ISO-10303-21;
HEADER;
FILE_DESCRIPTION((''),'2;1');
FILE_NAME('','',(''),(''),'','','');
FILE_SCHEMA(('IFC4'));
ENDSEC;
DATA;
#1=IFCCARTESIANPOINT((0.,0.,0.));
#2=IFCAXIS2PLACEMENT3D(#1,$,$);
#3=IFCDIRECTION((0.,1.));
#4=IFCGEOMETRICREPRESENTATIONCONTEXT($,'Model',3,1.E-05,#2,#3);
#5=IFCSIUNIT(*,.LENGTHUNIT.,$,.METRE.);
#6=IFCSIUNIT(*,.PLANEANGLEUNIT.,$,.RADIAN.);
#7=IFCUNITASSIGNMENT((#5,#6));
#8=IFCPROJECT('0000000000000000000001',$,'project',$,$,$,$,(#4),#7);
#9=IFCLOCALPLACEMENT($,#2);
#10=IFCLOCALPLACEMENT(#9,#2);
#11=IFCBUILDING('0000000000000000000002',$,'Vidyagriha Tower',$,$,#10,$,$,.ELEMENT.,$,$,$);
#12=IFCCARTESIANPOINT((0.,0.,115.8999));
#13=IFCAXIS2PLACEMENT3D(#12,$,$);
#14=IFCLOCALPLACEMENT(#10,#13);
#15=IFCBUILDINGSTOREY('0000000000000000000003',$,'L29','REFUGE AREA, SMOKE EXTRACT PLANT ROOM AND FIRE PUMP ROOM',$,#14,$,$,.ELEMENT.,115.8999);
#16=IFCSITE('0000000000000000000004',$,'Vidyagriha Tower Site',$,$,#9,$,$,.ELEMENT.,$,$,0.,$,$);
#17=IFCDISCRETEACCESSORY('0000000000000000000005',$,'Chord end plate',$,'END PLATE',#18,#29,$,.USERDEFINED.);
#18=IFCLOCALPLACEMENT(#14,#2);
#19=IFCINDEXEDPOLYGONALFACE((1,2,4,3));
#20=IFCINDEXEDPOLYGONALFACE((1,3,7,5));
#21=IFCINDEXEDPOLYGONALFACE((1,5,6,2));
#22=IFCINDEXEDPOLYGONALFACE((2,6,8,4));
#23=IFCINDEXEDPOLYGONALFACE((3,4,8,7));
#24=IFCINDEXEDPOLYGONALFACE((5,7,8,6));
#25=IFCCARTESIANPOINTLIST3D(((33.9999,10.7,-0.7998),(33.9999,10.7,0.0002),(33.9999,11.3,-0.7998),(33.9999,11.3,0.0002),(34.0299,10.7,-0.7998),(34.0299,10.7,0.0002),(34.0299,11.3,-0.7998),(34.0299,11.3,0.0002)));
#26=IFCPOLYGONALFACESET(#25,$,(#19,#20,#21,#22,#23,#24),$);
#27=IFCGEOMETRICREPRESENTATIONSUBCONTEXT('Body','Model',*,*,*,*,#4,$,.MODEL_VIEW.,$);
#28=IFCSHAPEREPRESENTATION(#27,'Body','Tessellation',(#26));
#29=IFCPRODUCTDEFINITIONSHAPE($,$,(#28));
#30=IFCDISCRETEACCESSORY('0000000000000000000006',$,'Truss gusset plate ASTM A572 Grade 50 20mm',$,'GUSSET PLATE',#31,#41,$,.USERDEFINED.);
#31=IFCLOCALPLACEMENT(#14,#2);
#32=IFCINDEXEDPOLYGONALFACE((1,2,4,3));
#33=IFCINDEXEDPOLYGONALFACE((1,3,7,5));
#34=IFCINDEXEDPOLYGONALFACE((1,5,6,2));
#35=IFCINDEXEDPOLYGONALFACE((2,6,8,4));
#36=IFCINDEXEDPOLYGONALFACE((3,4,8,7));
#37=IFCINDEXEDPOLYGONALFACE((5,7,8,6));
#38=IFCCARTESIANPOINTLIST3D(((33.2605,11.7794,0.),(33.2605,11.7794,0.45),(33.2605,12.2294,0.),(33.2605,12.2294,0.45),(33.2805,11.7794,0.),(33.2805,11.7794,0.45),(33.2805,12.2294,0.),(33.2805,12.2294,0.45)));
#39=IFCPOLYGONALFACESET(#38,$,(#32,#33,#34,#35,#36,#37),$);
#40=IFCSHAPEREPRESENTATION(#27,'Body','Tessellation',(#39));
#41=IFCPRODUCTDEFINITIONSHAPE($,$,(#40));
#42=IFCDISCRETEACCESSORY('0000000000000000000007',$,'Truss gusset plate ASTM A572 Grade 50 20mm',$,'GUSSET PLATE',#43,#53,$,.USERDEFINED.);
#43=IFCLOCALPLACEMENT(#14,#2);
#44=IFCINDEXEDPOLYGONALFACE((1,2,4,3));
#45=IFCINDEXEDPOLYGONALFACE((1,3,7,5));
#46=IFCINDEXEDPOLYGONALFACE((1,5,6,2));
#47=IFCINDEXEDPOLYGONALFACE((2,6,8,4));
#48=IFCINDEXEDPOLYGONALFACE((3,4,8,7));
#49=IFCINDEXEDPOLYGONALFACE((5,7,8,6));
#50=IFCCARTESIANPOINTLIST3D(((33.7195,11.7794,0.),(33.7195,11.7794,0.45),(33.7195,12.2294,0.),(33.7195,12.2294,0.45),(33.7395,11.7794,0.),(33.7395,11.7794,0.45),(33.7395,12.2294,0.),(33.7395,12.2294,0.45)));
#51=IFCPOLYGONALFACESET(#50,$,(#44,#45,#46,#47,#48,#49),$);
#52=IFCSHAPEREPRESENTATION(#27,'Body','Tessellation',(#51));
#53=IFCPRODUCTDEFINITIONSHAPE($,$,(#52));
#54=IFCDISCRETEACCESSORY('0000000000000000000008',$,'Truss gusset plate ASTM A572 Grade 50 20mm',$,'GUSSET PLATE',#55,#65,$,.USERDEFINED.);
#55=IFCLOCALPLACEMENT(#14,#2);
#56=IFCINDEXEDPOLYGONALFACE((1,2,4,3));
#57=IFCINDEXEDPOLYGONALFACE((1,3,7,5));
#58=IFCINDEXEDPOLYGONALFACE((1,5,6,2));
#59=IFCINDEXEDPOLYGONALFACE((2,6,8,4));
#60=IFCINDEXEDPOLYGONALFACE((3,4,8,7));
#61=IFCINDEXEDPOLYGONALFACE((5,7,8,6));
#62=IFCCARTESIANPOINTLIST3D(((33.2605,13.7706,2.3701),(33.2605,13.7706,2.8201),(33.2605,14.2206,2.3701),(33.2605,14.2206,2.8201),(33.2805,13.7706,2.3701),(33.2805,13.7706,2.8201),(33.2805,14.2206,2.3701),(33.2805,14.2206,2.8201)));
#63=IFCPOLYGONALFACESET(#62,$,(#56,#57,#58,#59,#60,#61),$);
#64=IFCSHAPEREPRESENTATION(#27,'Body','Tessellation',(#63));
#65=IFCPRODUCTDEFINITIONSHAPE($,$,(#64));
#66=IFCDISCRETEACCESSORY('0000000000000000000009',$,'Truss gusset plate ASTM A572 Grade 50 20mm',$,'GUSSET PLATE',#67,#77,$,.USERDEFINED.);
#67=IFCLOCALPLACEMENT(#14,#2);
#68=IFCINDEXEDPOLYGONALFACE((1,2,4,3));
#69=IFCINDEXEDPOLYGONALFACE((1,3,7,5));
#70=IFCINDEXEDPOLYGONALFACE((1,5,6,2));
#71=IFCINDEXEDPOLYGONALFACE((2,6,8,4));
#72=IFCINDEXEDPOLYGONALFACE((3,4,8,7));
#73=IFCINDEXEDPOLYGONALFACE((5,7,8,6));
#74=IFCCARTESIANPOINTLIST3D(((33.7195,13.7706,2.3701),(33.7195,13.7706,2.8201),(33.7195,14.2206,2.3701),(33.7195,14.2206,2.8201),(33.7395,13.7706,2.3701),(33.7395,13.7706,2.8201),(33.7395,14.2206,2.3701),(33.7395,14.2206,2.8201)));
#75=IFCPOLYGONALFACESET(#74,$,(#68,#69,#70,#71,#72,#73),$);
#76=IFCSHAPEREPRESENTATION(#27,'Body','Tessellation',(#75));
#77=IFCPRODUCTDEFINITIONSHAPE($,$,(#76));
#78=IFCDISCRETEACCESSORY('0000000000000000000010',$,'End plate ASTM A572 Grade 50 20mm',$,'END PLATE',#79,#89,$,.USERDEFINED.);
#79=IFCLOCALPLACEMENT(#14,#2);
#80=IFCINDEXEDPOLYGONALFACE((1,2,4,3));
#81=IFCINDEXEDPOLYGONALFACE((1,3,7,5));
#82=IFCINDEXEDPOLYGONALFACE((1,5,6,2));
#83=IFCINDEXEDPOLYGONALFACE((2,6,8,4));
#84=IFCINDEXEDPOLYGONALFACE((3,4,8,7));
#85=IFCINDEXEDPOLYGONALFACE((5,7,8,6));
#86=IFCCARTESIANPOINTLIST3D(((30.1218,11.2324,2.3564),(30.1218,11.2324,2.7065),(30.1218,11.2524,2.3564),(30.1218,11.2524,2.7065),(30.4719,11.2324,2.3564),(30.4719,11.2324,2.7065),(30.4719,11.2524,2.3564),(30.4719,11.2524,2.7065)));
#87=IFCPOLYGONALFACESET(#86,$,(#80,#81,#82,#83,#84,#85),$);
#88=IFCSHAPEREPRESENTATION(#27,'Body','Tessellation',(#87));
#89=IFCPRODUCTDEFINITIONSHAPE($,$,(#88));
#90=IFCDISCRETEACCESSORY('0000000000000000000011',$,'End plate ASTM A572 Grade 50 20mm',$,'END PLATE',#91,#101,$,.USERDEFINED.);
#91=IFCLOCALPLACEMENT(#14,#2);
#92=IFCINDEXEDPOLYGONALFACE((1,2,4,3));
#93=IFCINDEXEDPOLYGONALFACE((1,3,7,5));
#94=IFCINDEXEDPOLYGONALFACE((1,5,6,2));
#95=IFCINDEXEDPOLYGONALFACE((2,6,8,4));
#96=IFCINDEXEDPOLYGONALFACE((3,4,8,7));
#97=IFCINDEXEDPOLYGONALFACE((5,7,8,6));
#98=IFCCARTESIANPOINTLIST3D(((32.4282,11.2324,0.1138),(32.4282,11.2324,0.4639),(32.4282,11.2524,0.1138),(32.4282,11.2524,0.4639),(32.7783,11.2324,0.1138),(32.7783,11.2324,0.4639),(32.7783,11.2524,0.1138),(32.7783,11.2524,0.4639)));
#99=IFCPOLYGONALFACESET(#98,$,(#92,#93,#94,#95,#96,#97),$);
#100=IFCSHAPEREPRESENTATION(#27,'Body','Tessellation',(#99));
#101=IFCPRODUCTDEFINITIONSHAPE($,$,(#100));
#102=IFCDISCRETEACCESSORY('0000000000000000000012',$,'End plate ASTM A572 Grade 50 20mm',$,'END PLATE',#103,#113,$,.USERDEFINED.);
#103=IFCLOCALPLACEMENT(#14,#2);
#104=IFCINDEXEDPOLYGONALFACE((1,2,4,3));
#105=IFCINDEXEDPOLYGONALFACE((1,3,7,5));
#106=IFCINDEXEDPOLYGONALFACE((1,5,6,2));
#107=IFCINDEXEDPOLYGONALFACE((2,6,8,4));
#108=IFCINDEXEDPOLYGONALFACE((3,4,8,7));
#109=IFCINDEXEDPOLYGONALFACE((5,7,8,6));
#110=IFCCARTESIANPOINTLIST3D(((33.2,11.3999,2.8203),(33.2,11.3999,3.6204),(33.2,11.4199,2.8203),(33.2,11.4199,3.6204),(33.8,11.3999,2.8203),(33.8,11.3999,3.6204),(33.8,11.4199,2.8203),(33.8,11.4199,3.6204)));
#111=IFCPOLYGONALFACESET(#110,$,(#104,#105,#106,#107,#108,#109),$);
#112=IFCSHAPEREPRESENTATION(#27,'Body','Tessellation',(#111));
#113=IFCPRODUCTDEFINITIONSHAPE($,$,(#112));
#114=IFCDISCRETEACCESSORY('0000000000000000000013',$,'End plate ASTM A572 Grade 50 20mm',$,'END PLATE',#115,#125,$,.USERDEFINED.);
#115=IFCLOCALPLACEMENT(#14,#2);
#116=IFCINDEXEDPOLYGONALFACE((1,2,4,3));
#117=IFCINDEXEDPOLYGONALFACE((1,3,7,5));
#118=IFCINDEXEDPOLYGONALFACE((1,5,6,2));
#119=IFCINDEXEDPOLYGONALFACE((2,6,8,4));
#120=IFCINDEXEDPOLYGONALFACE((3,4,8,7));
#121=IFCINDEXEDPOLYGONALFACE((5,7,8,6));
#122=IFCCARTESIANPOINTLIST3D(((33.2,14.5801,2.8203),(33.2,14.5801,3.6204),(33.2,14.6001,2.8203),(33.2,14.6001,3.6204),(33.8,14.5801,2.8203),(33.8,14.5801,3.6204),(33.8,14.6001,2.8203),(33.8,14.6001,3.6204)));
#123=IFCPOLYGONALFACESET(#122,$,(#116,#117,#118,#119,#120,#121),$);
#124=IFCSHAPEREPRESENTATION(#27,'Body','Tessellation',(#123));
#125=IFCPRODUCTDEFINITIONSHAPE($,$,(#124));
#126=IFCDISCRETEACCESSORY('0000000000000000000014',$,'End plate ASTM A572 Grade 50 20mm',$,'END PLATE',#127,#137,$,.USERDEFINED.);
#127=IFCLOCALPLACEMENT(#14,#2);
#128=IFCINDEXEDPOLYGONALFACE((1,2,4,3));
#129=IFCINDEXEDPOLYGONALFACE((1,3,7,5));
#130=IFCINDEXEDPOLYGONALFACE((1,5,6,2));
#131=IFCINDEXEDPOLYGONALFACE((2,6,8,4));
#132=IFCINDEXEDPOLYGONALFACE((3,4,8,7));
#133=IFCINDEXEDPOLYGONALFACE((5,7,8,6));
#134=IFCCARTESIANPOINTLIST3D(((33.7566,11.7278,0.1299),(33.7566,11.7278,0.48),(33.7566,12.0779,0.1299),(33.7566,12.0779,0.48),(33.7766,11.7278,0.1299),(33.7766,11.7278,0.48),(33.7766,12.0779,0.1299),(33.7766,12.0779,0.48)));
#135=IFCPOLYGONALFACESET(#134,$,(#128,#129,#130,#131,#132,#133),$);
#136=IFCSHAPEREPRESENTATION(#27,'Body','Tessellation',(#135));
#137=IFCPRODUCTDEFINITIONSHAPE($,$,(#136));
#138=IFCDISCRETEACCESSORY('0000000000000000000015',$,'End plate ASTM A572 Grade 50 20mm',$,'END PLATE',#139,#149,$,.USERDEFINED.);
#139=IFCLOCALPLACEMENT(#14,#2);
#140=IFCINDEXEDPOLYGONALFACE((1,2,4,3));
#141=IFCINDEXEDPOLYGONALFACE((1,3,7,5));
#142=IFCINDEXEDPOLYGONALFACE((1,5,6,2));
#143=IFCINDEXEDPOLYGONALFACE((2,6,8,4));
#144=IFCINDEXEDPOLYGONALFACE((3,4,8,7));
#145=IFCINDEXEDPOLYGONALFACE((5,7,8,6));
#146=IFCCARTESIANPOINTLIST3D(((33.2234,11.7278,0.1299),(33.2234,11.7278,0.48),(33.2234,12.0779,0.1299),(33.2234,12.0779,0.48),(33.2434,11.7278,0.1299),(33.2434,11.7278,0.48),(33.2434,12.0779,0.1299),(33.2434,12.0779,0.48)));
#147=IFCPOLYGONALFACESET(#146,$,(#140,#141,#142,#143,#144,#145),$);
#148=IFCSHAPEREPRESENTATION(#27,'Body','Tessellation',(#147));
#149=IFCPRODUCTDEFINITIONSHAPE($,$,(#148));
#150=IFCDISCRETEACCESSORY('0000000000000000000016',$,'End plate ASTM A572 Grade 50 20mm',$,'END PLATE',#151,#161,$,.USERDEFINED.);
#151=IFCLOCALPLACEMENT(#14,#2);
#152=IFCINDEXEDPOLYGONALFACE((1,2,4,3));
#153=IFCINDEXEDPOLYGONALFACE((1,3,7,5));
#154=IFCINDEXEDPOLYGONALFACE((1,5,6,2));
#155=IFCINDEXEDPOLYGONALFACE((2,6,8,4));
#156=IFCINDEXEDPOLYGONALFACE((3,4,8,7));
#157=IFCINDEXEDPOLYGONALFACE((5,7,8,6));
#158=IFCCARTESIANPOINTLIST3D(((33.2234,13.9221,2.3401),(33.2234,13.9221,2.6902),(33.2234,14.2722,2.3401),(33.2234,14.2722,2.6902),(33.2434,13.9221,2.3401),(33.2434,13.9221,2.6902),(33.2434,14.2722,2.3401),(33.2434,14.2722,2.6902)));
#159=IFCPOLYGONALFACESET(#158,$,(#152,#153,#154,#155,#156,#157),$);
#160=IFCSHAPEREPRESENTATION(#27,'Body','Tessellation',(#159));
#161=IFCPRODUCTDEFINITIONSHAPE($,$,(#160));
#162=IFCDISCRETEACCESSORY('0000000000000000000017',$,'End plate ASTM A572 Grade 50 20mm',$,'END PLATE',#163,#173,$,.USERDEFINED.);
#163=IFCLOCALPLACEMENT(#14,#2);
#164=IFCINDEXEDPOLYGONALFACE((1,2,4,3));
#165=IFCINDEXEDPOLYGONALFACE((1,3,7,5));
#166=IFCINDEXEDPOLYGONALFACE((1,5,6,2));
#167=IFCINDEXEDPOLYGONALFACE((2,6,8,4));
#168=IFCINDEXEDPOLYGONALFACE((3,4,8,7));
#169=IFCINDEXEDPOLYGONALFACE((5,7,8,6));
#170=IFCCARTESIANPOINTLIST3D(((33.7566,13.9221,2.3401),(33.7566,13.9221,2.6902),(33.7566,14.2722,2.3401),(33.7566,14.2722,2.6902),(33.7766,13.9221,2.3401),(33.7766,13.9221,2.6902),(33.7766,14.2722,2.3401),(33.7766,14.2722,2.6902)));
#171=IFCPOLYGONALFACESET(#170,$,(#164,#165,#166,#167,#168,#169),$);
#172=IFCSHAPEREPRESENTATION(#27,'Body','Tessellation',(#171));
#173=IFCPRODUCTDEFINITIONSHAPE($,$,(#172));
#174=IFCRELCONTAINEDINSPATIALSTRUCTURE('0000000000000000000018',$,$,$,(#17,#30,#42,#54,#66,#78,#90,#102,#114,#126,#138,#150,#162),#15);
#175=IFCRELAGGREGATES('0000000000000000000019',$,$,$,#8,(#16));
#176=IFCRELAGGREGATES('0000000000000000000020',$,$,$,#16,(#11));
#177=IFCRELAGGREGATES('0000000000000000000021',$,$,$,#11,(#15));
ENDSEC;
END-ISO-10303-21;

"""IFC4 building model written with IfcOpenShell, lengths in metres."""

from ifc_helpers import new_model, si_unit, direction, frame, origin, origin_2d, place, context, subcontext, project, spatial, rectangle, extrude, element, save


model = new_model("IFC4")

# Units and contexts
model_context = context("Model", 3, precision=1e-05, world=origin(), true_north=direction((0.0, 1.0)))
body_context = subcontext(model_context, "Body", "Model", "MODEL_VIEW")
ifc_project = project(units=[si_unit("LENGTHUNIT", "METRE"), si_unit("PLANEANGLEUNIT", "RADIAN")], contexts=[model_context])

# Site, building, storey
site_placement = place(None, origin())
site = spatial("IfcSite", under=ifc_project, at=site_placement, Name="Vidyagriha Tower Site", CompositionType="ELEMENT", RefElevation=0.0)
building_placement = place(site_placement, origin())
building = spatial("IfcBuilding", under=site, at=building_placement, Name="Vidyagriha Tower", CompositionType="ELEMENT")
storey_placement = place(building_placement, frame((0.0, 0.0, 115.8999)))
storey = spatial("IfcBuildingStorey", under=building, at=storey_placement, Name="L29", Description="REFUGE AREA, SMOKE EXTRACT PLANT ROOM AND FIRE PUMP ROOM", CompositionType="ELEMENT", Elevation=115.8999)

# Discrete accessories
discrete_accessory_1_placement = place(storey_placement, frame((34.0149, 11.0, -0.7998)))
element("IfcDiscreteAccessory", 1, at=discrete_accessory_1_placement, inside=storey, Name="Chord end plate", ObjectType="END PLATE", PredefinedType="USERDEFINED", context=body_context, shape_type="SweptSolid", body=[
    extrude(rectangle(XDim=0.03, YDim=0.6001, at=origin_2d()), origin(), (0.0, 0.0, 1.0), 0.8),
])
for number, where, z_axis, x_axis, name in (
    (2, (33.2705, 12.0044, 0.0), (0.0, 0.0, 1.0), (0.0, 1.0, 0.0), "Truss gusset plate ASTM A572 Grade 50 20mm"),
    (3, (33.7295, 12.0044, 0.0), (0.0, 0.0, 1.0), (0.0, 1.0, 0.0), "Truss gusset plate ASTM A572 Grade 50 20mm"),
    (4, (33.2705, 13.9956, 2.3701), (0.0, 0.0, 1.0), (0.0, 1.0, 0.0), "Truss gusset plate ASTM A572 Grade 50 20mm"),
    (5, (33.7295, 13.9956, 2.3701), (0.0, 0.0, 1.0), (0.0, 1.0, 0.0), "Truss gusset plate ASTM A572 Grade 50 20mm"),
):
    element("IfcDiscreteAccessory", number, at=place(storey_placement, frame(where, z_axis=z_axis, x_axis=x_axis)), inside=storey, Name=name, ObjectType="GUSSET PLATE", PredefinedType="USERDEFINED", context=body_context, shape_type="SweptSolid", body=[
        extrude(rectangle(XDim=0.45, YDim=0.02, at=origin_2d()), origin(), (0.0, 0.0, 1.0), 0.45),
    ])
discrete_accessory_2_placement = place(storey_placement, frame((30.2969, 11.2424, 2.3564), z_axis=(0.0, 0.0, 1.0), x_axis=(-1.0, 0.0, 0.0)))
element("IfcDiscreteAccessory", 6, at=discrete_accessory_2_placement, inside=storey, Name="End plate ASTM A572 Grade 50 20mm", ObjectType="END PLATE", PredefinedType="USERDEFINED", context=body_context, shape_type="SweptSolid", body=[
    extrude(rectangle(XDim=0.3501, YDim=0.02, at=origin_2d()), origin(), (0.0, 0.0, 1.0), 0.3501),
])
discrete_accessory_3_placement = place(storey_placement, frame((32.6033, 11.2424, 0.1138)))
element("IfcDiscreteAccessory", 7, at=discrete_accessory_3_placement, inside=storey, Name="End plate ASTM A572 Grade 50 20mm", ObjectType="END PLATE", PredefinedType="USERDEFINED", context=body_context, shape_type="SweptSolid", body=[
    extrude(rectangle(XDim=0.3501, YDim=0.02, at=origin_2d()), origin(), (0.0, 0.0, 1.0), 0.3501),
])
for number, where, z_axis, x_axis, name in (
    (8, (33.5, 11.4099, 2.8203), (0.0, 0.0, 1.0), (0.0, -1.0, 0.0), "End plate ASTM A572 Grade 50 20mm"),
    (9, (33.5, 14.5901, 2.8203), (0.0, 0.0, 1.0), (0.0, 1.0, 0.0), "End plate ASTM A572 Grade 50 20mm"),
):
    element("IfcDiscreteAccessory", number, at=place(storey_placement, frame(where, z_axis=z_axis, x_axis=x_axis)), inside=storey, Name=name, ObjectType="END PLATE", PredefinedType="USERDEFINED", context=body_context, shape_type="SweptSolid", body=[
        extrude(rectangle(XDim=0.02, YDim=0.6001, at=origin_2d()), origin(), (0.0, 0.0, 1.0), 0.8),
    ])
for number, where, z_axis, x_axis, name in (
    (10, (33.7666, 11.9028, 0.1299), (0.0, 0.0, 1.0), (0.0, -1.0, 0.0), "End plate ASTM A572 Grade 50 20mm"),
    (11, (33.2334, 11.9028, 0.1299), (0.0, 0.0, 1.0), (0.0, -1.0, 0.0), "End plate ASTM A572 Grade 50 20mm"),
    (12, (33.2334, 14.0972, 2.3401), (0.0, 0.0, 1.0), (0.0, 1.0, 0.0), "End plate ASTM A572 Grade 50 20mm"),
    (13, (33.7666, 14.0972, 2.3401), (0.0, 0.0, 1.0), (0.0, 1.0, 0.0), "End plate ASTM A572 Grade 50 20mm"),
):
    element("IfcDiscreteAccessory", number, at=place(storey_placement, frame(where, z_axis=z_axis, x_axis=x_axis)), inside=storey, Name=name, ObjectType="END PLATE", PredefinedType="USERDEFINED", context=body_context, shape_type="SweptSolid", body=[
        extrude(rectangle(XDim=0.3501, YDim=0.02, at=origin_2d()), origin(), (0.0, 0.0, 1.0), 0.3501),
    ])

save(model, "model.ifc")
